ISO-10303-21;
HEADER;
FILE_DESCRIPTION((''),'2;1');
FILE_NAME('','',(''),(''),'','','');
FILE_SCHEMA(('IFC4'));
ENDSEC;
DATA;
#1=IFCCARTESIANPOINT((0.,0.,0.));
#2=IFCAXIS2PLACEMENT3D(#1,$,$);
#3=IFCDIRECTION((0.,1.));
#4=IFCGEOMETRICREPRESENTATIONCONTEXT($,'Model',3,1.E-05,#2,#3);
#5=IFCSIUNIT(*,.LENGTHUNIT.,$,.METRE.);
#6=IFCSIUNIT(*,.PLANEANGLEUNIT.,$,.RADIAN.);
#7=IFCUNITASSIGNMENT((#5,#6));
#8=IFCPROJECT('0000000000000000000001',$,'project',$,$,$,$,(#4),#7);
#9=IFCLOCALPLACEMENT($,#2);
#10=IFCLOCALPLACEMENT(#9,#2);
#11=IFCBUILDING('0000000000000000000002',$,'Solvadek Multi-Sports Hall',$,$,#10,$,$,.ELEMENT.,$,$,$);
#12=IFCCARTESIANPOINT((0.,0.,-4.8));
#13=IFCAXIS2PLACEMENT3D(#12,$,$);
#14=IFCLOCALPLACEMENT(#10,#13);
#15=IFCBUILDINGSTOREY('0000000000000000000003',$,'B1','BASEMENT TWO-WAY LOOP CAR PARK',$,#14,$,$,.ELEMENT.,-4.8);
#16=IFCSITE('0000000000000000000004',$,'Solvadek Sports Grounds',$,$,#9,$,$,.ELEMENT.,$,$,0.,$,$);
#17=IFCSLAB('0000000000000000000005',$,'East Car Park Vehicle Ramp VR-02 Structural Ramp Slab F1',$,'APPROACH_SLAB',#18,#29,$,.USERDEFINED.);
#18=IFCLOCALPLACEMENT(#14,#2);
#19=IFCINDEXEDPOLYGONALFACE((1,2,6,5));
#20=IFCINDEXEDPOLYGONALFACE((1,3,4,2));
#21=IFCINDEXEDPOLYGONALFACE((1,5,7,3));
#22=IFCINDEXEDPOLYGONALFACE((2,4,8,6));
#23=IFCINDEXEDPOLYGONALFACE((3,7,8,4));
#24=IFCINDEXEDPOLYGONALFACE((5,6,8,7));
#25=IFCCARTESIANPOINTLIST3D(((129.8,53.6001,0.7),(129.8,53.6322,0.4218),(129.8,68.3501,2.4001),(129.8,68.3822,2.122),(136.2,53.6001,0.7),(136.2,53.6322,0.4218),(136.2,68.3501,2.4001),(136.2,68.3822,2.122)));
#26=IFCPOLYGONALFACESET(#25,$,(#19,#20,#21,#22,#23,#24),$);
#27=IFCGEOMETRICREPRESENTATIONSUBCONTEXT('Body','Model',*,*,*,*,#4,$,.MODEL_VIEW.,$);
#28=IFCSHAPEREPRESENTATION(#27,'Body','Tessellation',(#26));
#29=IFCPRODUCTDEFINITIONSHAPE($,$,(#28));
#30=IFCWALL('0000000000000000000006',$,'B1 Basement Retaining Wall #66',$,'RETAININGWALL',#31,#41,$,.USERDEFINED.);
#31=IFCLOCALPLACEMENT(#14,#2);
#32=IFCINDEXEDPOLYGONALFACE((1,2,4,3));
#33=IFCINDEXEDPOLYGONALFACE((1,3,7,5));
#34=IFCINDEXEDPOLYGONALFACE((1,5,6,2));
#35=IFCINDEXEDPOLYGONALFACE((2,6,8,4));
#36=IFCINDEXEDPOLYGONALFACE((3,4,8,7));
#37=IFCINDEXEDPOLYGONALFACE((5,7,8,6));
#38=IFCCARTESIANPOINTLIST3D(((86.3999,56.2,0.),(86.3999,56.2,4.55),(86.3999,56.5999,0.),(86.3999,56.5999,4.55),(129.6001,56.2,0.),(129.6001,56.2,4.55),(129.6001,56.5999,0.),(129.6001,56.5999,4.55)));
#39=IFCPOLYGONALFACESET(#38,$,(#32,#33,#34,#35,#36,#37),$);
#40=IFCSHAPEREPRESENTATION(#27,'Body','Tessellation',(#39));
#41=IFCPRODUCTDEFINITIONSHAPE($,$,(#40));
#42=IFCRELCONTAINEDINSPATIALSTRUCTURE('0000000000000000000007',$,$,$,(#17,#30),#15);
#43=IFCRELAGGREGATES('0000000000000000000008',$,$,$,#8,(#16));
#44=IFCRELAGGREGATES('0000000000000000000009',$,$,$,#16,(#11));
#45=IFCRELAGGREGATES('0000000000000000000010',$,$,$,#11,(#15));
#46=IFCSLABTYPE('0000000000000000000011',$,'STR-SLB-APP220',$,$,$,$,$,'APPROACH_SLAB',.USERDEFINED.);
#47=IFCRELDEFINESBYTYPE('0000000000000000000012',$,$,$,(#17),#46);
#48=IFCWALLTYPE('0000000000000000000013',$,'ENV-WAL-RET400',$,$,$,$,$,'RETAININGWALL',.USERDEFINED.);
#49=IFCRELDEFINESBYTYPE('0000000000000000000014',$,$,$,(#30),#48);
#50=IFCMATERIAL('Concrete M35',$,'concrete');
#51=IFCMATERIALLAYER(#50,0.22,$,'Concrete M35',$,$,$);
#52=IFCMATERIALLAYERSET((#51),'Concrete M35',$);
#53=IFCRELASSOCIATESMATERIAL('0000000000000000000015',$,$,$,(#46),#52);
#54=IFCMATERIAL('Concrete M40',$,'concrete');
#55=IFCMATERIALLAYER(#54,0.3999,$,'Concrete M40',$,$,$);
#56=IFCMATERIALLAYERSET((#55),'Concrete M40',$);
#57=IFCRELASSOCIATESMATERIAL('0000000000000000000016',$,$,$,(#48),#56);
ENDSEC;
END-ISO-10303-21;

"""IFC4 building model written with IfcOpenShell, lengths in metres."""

from ifc_helpers import new_model, si_unit, direction, frame, frame_2d, origin, place, context, subcontext, project, spatial, polyline, rectangle, outline, extrude, material, layer, layer_set, type_object, element, save


model = new_model("IFC4")

# Units and contexts
model_context = context("Model", 3, precision=1e-05, world=origin(), true_north=direction((0.0, 1.0)))
body_context = subcontext(model_context, "Body", "Model", "MODEL_VIEW")
ifc_project = project(units=[si_unit("LENGTHUNIT", "METRE"), si_unit("PLANEANGLEUNIT", "RADIAN")], contexts=[model_context])

# Site, building, storey
site_placement = place(None, origin())
site = spatial("IfcSite", under=ifc_project, at=site_placement, Name="Solvadek Sports Grounds", CompositionType="ELEMENT", RefElevation=0.0)
building_placement = place(site_placement, origin())
building = spatial("IfcBuilding", under=site, at=building_placement, Name="Solvadek Multi-Sports Hall", CompositionType="ELEMENT")
storey_placement = place(building_placement, frame((0.0, 0.0, -4.8)))
storey = spatial("IfcBuildingStorey", under=building, at=storey_placement, Name="B1", Description="BASEMENT TWO-WAY LOOP CAR PARK", CompositionType="ELEMENT", Elevation=-4.8)

# Shared definitions
ifc_material_1 = material(Name="Concrete M40", Category="concrete")

# Shared definitions
ifc_material_2 = material(Name="Concrete M35", Category="concrete")

# Slab
ifc_layer_1 = layer(ifc_material_2, 0.22, Name="Concrete M35")
ifc_layer_set_1 = layer_set([ifc_layer_1], Name="Concrete M35")
slab_type = type_object("IfcSlabType", Name="STR-SLB-APP220", ElementType="APPROACH_SLAB", PredefinedType="USERDEFINED", material=ifc_layer_set_1)
slab_placement = place(storey_placement, frame((129.8, 53.6001, 0.7), z_axis=(0.0, -0.114509, 0.993422), x_axis=(1.0, 0.0, 0.0)))
element("IfcSlab", 1, at=slab_placement, inside=storey, type_object=slab_type, Name="East Car Park Vehicle Ramp VR-02 Structural Ramp Slab F1", ObjectType="APPROACH_SLAB", PredefinedType="USERDEFINED", context=body_context, shape_type="SweptSolid", body=[
    extrude(outline(polyline([(0.0, 0.0), (6.3999, 0.0), (6.3999, 14.8477), (0.0, 14.8477), (0.0, 0.0)])), origin(), (0.0, 0.0, -1.0), 0.28),
])

# Wall
ifc_layer_2 = layer(ifc_material_1, 0.3999, Name="Concrete M40")
ifc_layer_set_2 = layer_set([ifc_layer_2], Name="Concrete M40")
wall_type = type_object("IfcWallType", Name="ENV-WAL-RET400", ElementType="RETAININGWALL", PredefinedType="USERDEFINED", material=ifc_layer_set_2)
wall_placement = place(storey_placement, frame((129.6001, 56.3999, 0.0), z_axis=(0.0, 0.0, 1.0), x_axis=(-1.0, 0.0, 0.0)))
element("IfcWall", 2, at=wall_placement, inside=storey, type_object=wall_type, Name="B1 Basement Retaining Wall #66", ObjectType="RETAININGWALL", PredefinedType="USERDEFINED", context=body_context, shape_type="SweptSolid", body=[
    extrude(rectangle(XDim=43.2002, YDim=0.3999, at=frame_2d((21.6001, 0.0))), origin(), (0.0, 0.0, 1.0), 4.55),
])

save(model, "model.ifc")
